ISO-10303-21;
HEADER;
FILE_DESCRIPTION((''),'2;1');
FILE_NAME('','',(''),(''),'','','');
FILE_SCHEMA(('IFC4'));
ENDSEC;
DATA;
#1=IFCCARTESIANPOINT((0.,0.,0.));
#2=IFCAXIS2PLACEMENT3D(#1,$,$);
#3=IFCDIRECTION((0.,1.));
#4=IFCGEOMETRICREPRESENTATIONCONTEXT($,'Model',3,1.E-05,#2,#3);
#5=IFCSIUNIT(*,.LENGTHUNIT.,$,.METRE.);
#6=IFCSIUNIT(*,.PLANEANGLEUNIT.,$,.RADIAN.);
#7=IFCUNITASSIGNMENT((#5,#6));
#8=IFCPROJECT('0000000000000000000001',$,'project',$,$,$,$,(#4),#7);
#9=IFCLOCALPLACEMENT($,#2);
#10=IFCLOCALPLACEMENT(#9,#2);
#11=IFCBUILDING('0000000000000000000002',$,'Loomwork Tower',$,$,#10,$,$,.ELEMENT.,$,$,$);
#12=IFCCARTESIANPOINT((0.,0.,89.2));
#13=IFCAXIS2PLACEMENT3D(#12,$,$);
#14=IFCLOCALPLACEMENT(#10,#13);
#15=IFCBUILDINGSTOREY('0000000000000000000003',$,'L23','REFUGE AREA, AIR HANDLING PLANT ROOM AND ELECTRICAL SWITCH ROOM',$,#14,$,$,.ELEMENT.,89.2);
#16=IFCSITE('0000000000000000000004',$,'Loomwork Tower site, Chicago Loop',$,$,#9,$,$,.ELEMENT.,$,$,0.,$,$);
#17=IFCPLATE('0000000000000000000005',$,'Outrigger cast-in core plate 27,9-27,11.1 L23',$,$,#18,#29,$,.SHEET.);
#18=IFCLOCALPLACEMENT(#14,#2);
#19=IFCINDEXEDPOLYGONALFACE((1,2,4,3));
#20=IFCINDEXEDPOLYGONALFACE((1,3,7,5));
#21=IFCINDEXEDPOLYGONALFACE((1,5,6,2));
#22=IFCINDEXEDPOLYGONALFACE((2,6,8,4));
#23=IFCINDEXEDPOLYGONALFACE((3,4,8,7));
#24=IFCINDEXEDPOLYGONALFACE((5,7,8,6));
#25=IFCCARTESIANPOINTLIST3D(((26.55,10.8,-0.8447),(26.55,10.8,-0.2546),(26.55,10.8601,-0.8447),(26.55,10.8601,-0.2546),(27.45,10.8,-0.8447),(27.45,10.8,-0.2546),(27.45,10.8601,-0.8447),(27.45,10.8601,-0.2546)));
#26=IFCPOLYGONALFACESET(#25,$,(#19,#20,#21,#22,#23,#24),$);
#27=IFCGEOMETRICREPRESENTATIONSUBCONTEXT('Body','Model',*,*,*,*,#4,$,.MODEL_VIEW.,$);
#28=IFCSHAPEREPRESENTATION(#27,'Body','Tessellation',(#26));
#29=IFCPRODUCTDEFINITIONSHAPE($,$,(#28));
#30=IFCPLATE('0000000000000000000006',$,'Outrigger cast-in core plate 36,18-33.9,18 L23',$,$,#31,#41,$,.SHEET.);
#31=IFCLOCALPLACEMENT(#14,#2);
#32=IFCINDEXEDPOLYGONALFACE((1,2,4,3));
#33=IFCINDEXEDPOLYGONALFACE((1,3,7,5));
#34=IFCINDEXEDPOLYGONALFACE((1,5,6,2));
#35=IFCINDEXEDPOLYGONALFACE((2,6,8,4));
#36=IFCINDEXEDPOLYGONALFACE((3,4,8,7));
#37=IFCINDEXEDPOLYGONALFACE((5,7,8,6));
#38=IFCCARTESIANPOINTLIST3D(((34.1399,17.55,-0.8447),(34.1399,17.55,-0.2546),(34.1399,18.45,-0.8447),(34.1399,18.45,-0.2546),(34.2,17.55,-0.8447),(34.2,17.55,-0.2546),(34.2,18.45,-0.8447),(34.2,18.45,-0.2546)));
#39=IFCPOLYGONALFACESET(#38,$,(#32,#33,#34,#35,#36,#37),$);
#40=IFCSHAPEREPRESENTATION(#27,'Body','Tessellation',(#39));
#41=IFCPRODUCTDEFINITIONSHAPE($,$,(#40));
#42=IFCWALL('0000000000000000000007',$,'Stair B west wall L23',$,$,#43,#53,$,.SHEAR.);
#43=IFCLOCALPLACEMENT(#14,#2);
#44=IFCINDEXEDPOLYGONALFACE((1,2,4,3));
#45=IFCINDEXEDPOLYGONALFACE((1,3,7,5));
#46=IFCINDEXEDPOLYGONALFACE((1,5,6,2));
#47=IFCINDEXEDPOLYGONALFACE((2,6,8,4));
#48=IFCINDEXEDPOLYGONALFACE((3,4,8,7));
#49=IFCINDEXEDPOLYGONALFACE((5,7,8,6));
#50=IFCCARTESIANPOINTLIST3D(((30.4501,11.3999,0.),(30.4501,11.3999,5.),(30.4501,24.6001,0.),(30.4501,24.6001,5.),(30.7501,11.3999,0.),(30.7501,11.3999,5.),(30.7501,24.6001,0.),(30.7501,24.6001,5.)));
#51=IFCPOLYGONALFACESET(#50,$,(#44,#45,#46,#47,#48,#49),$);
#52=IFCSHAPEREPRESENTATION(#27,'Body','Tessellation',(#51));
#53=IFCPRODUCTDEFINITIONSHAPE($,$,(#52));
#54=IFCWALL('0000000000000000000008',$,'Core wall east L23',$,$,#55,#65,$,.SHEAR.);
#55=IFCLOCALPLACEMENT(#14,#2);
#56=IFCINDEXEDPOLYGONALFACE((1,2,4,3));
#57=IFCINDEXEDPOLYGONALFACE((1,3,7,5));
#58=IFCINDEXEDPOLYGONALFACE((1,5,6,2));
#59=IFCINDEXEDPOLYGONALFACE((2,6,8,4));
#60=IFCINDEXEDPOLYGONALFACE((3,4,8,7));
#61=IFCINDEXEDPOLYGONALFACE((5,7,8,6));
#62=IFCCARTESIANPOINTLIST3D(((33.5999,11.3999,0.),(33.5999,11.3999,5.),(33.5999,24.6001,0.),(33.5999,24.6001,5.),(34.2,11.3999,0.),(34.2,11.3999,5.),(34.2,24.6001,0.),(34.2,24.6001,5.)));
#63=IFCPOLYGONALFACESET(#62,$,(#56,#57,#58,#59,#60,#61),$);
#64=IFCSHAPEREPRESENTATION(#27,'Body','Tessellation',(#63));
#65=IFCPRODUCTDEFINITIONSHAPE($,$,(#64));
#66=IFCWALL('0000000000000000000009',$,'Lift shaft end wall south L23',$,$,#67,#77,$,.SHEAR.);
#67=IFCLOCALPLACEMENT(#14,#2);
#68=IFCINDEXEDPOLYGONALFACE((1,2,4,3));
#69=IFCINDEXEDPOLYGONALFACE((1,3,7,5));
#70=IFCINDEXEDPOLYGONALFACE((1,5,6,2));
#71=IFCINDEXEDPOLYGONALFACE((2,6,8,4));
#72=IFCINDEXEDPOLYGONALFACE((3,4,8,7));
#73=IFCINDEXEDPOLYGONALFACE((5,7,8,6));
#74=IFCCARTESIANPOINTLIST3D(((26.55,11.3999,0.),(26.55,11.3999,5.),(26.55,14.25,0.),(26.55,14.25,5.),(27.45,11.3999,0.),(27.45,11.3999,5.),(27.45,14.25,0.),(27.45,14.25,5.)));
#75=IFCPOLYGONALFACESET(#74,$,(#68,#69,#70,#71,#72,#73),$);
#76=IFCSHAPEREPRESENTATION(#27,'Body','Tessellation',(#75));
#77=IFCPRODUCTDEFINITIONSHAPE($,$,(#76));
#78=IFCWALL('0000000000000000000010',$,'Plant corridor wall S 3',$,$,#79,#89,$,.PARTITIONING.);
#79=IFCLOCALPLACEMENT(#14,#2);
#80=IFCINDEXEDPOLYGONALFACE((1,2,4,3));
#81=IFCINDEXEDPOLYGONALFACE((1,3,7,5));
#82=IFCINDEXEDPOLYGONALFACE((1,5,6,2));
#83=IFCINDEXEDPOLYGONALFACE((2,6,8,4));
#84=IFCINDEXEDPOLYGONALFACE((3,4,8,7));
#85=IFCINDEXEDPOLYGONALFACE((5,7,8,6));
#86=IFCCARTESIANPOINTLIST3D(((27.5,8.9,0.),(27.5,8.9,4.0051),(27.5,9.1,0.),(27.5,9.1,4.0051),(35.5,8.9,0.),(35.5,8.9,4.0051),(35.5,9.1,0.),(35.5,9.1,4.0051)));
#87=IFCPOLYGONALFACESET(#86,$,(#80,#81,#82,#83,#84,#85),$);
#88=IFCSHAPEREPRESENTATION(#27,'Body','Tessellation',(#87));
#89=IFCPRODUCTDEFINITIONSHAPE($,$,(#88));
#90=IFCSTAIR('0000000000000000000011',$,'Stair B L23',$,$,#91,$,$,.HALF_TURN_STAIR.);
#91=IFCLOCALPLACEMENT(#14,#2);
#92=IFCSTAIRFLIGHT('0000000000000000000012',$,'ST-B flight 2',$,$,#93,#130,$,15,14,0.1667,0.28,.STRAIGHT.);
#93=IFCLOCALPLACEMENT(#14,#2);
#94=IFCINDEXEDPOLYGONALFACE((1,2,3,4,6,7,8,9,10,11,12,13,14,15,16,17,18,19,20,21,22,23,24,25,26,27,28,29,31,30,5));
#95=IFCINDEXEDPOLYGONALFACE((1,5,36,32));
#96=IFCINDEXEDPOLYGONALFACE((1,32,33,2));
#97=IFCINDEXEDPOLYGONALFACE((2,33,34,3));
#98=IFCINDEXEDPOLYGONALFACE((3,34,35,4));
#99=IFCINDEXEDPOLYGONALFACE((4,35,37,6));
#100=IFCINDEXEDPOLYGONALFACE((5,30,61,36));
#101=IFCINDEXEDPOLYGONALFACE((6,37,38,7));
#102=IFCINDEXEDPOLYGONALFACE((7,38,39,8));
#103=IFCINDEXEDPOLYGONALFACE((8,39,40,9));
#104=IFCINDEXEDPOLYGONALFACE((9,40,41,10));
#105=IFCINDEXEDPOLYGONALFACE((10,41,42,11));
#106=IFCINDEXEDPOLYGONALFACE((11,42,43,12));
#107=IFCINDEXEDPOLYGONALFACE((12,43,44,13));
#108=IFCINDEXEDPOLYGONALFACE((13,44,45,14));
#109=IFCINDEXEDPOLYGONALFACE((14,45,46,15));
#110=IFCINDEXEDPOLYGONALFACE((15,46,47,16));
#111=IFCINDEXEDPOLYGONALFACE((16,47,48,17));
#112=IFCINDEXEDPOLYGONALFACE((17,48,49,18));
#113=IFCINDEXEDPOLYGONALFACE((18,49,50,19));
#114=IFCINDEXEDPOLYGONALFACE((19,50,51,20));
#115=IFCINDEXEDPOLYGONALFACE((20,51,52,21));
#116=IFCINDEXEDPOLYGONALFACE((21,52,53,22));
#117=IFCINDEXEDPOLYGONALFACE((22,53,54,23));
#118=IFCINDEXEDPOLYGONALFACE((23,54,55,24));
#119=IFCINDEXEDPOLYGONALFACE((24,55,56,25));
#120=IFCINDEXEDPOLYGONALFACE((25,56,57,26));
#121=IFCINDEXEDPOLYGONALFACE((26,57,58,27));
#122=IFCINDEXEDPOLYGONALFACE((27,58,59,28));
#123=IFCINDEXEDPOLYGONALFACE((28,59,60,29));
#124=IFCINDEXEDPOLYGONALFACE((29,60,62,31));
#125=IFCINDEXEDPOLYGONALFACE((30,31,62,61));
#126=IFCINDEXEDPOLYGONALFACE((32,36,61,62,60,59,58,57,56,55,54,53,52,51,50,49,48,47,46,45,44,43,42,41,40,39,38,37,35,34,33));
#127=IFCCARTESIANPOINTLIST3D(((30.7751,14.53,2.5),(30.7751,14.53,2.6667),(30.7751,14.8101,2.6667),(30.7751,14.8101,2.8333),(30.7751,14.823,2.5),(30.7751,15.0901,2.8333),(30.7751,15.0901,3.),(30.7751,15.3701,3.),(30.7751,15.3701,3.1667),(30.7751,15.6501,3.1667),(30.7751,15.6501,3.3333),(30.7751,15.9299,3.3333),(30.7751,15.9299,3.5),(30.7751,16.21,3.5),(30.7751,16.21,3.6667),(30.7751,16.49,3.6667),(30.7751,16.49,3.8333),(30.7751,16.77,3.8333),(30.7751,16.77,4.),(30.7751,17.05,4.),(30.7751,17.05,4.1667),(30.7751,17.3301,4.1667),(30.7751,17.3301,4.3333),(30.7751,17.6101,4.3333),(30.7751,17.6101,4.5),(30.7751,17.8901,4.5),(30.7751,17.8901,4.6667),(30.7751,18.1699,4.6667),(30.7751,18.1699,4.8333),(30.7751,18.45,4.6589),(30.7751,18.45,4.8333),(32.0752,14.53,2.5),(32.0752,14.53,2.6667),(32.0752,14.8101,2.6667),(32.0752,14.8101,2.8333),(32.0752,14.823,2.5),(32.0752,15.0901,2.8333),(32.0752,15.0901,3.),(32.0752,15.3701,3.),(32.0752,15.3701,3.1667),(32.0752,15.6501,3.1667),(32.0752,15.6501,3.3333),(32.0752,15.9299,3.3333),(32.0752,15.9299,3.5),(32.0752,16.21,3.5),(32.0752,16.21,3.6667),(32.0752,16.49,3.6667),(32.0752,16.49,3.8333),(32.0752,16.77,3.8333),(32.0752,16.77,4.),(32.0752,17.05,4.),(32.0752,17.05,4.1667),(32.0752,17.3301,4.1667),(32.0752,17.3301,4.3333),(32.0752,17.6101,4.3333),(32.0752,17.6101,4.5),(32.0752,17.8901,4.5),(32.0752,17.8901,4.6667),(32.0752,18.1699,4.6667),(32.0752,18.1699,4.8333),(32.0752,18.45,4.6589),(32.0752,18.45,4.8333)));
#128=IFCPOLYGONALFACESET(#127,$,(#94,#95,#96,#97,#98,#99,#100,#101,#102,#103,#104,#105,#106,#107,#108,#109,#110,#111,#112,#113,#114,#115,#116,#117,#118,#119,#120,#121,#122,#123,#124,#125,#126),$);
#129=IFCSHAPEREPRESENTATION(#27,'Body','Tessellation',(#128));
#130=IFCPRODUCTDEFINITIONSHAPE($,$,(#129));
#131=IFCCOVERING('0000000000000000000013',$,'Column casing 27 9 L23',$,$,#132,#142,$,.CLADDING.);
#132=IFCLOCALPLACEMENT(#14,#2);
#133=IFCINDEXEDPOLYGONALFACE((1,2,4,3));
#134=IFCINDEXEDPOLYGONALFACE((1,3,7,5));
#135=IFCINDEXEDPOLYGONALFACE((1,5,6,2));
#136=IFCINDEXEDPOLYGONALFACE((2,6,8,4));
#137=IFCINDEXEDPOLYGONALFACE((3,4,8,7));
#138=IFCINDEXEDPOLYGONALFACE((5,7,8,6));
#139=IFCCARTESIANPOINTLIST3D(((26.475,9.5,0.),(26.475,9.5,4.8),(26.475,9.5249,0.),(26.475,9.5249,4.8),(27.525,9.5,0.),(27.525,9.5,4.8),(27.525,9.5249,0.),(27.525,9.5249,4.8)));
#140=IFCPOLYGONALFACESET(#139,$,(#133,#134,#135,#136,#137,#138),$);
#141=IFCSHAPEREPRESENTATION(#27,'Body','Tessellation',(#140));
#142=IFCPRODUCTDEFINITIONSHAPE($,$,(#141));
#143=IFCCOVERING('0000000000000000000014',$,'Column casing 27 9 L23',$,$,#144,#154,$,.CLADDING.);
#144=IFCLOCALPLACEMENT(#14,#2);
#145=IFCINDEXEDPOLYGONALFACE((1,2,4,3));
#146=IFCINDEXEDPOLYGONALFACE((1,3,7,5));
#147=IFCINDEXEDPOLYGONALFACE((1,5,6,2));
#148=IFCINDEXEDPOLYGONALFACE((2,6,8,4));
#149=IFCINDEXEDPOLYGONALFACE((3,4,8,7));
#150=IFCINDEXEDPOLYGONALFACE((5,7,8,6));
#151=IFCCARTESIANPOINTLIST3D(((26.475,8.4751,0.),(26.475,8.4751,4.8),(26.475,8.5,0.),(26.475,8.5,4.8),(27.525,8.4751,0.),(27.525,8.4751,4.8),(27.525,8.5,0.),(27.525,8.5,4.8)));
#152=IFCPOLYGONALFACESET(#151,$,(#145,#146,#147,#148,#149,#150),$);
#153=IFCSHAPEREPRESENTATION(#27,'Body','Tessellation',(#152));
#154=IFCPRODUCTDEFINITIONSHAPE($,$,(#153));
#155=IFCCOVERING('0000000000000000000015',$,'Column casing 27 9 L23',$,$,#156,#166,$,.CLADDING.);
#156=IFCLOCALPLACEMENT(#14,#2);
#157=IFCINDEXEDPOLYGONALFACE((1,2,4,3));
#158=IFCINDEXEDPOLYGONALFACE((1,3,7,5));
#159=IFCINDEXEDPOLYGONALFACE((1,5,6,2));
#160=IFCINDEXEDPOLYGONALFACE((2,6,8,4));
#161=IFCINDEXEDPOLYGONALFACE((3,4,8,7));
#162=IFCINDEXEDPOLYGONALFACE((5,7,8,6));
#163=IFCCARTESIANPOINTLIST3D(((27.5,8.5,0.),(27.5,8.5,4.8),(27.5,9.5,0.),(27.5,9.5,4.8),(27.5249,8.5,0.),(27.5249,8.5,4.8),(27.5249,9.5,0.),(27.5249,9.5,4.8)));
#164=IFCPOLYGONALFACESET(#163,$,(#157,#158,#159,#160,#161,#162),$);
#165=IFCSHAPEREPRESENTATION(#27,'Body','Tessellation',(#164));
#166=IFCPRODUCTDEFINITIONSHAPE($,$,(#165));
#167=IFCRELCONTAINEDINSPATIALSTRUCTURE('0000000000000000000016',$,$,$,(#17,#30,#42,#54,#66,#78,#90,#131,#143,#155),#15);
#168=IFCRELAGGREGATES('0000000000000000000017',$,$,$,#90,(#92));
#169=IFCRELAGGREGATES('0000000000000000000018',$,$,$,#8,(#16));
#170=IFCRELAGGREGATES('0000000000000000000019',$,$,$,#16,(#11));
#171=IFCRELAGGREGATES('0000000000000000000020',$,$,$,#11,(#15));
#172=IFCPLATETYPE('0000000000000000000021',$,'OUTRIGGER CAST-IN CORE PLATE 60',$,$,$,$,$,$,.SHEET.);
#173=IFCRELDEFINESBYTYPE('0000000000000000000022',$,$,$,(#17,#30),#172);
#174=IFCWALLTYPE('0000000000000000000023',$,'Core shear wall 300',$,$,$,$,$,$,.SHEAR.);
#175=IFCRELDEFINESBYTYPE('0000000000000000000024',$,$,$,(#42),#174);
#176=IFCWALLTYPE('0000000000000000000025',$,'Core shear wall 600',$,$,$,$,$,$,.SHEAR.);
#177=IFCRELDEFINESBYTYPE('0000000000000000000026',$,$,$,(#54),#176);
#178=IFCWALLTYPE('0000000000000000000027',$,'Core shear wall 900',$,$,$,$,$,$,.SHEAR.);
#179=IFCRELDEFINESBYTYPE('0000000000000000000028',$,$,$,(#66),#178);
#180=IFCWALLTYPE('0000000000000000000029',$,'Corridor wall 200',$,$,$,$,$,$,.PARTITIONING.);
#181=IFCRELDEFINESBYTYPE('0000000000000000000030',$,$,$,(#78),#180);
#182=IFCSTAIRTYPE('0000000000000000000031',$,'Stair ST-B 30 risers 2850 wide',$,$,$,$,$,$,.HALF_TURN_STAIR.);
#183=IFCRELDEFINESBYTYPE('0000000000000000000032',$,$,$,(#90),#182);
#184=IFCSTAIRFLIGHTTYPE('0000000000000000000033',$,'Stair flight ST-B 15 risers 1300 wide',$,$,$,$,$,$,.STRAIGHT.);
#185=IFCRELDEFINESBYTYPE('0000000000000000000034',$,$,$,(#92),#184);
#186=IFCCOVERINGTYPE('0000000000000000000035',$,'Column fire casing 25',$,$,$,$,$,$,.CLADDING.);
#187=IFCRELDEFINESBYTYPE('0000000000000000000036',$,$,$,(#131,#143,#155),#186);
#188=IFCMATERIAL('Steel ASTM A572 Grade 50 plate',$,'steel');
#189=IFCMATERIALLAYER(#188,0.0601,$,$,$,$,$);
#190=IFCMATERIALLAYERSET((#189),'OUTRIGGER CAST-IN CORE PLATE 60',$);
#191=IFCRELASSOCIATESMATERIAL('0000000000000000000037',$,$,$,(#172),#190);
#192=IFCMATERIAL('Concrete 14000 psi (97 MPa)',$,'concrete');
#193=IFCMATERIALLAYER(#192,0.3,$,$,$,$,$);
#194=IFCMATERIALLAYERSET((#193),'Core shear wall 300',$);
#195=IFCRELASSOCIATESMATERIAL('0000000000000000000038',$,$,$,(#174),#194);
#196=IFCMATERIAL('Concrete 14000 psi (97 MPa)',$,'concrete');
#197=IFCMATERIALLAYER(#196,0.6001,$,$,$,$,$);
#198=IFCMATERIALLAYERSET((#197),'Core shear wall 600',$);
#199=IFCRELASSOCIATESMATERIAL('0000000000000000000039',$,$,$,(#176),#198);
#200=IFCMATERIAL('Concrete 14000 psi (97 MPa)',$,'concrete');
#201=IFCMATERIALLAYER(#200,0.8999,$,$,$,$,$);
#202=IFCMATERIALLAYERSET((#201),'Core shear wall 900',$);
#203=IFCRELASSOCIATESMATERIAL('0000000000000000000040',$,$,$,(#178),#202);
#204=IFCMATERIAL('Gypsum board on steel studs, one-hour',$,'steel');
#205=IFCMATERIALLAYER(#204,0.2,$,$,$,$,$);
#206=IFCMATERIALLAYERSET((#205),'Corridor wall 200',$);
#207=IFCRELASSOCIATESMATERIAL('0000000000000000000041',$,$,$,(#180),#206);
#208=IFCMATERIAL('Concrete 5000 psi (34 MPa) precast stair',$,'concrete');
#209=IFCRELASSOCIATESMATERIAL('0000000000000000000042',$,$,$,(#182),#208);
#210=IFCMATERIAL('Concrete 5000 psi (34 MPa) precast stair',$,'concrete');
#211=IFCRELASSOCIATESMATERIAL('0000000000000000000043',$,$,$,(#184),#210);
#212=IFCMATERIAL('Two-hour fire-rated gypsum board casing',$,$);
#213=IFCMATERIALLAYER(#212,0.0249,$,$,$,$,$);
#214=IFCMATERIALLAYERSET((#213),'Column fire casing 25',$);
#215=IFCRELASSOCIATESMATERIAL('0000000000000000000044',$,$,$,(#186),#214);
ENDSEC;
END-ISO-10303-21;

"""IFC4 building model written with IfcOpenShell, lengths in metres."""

from ifc_helpers import new_model, si_unit, direction, frame, frame_2d, origin, origin_2d, place, context, subcontext, project, spatial, polyline, rectangle, outline, extrude, material, layer, layer_set, type_object, element, aggregate, save


model = new_model("IFC4")

# Units and contexts
model_context = context("Model", 3, precision=1e-05, world=origin(), true_north=direction((0.0, 1.0)))
body_context = subcontext(model_context, "Body", "Model", "MODEL_VIEW")
ifc_project = project(units=[si_unit("LENGTHUNIT", "METRE"), si_unit("PLANEANGLEUNIT", "RADIAN")], contexts=[model_context])

# Site, building, storey
site_placement = place(None, origin())
site = spatial("IfcSite", under=ifc_project, at=site_placement, Name="Loomwork Tower site, Chicago Loop", CompositionType="ELEMENT", RefElevation=0.0)
building_placement = place(site_placement, origin())
building = spatial("IfcBuilding", under=site, at=building_placement, Name="Loomwork Tower", CompositionType="ELEMENT")
storey_placement = place(building_placement, frame((0.0, 0.0, 89.2)))
storey = spatial("IfcBuildingStorey", under=building, at=storey_placement, Name="L23", Description="REFUGE AREA, AIR HANDLING PLANT ROOM AND ELECTRICAL SWITCH ROOM", CompositionType="ELEMENT", Elevation=89.2)

# Plates
ifc_material_1 = material(Name="Steel ASTM A572 Grade 50 plate", Category="steel")
ifc_layer_1 = layer(ifc_material_1, 0.0601)
ifc_layer_set_1 = layer_set([ifc_layer_1], Name="OUTRIGGER CAST-IN CORE PLATE 60")
plate_type = type_object("IfcPlateType", Name="OUTRIGGER CAST-IN CORE PLATE 60", PredefinedType="SHEET", material=ifc_layer_set_1)
for number, where, z_axis, x_axis, name in (
    (1, (27.0, 10.8301, -0.8447), (0.0, 0.0, 1.0), (1.0, 0.0, 0.0), "Outrigger cast-in core plate 27,9-27,11.1 L23"),
    (2, (34.1699, 18.0, -0.8447), (0.0, 0.0, 1.0), (0.0, 1.0, 0.0), "Outrigger cast-in core plate 36,18-33.9,18 L23"),
):
    element("IfcPlate", number, at=place(storey_placement, frame(where, z_axis=z_axis, x_axis=x_axis)), inside=storey, type_object=plate_type, Name=name, PredefinedType="SHEET", context=body_context, shape_type="SweptSolid", body=[
        extrude(rectangle(XDim=0.8999, YDim=0.0601, at=origin_2d()), origin(), (0.0, 0.0, 1.0), 0.5901),
    ])

# Walls
ifc_material_2 = material(Name="Concrete 14000 psi (97 MPa)", Category="concrete")
ifc_layer_2 = layer(ifc_material_2, 0.3)
ifc_layer_set_2 = layer_set([ifc_layer_2], Name="Core shear wall 300")
wall_type_1 = type_object("IfcWallType", Name="Core shear wall 300", PredefinedType="SHEAR", material=ifc_layer_set_2)
wall_1_placement = place(storey_placement, frame((30.6001, 11.3999, 0.0), z_axis=(0.0, 0.0, 1.0), x_axis=(0.0, 1.0, 0.0)))
element("IfcWall", 3, at=wall_1_placement, inside=storey, type_object=wall_type_1, Name="Stair B west wall L23", PredefinedType="SHEAR", context=body_context, shape_type="SweptSolid", body=[
    extrude(rectangle(XDim=13.2002, YDim=0.3, at=frame_2d((6.6001, 0.0))), origin(), (0.0, 0.0, 1.0), 5.0),
])
ifc_material_3 = material(Name="Concrete 14000 psi (97 MPa)", Category="concrete")
ifc_layer_3 = layer(ifc_material_3, 0.6001)
ifc_layer_set_3 = layer_set([ifc_layer_3], Name="Core shear wall 600")
wall_type_2 = type_object("IfcWallType", Name="Core shear wall 600", PredefinedType="SHEAR", material=ifc_layer_set_3)
wall_2_placement = place(storey_placement, frame((33.8999, 11.3999, 0.0), z_axis=(0.0, 0.0, 1.0), x_axis=(0.0, 1.0, 0.0)))
element("IfcWall", 4, at=wall_2_placement, inside=storey, type_object=wall_type_2, Name="Core wall east L23", PredefinedType="SHEAR", context=body_context, shape_type="SweptSolid", body=[
    extrude(rectangle(XDim=13.2002, YDim=0.6001, at=frame_2d((6.6001, 0.0))), origin(), (0.0, 0.0, 1.0), 5.0),
])
ifc_material_4 = material(Name="Concrete 14000 psi (97 MPa)", Category="concrete")
ifc_layer_4 = layer(ifc_material_4, 0.8999)
ifc_layer_set_4 = layer_set([ifc_layer_4], Name="Core shear wall 900")
wall_type_3 = type_object("IfcWallType", Name="Core shear wall 900", PredefinedType="SHEAR", material=ifc_layer_set_4)
wall_3_placement = place(storey_placement, frame((27.0, 11.3999, 0.0), z_axis=(0.0, 0.0, 1.0), x_axis=(0.0, 1.0, 0.0)))
element("IfcWall", 5, at=wall_3_placement, inside=storey, type_object=wall_type_3, Name="Lift shaft end wall south L23", PredefinedType="SHEAR", context=body_context, shape_type="SweptSolid", body=[
    extrude(rectangle(XDim=2.8501, YDim=0.8999, at=frame_2d((1.425, 0.0))), origin(), (0.0, 0.0, 1.0), 5.0),
])
ifc_material_5 = material(Name="Gypsum board on steel studs, one-hour", Category="steel")
ifc_layer_5 = layer(ifc_material_5, 0.2)
ifc_layer_set_5 = layer_set([ifc_layer_5], Name="Corridor wall 200")
wall_type_4 = type_object("IfcWallType", Name="Corridor wall 200", PredefinedType="PARTITIONING", material=ifc_layer_set_5)
wall_4_placement = place(storey_placement, frame((27.5, 9.0, 0.0), z_axis=(0.0, 0.0, 1.0), x_axis=(1.0, 0.0, 0.0)))
element("IfcWall", 6, at=wall_4_placement, inside=storey, type_object=wall_type_4, Name="Plant corridor wall S 3", PredefinedType="PARTITIONING", context=body_context, shape_type="SweptSolid", body=[
    extrude(rectangle(XDim=8.0, YDim=0.2, at=frame_2d((4.0, 0.0))), origin(), (0.0, 0.0, 1.0), 4.0051),
])

# Stair, stair flight
ifc_material_6 = material(Name="Concrete 5000 psi (34 MPa) precast stair", Category="concrete")
stair_type = type_object("IfcStairType", Name="Stair ST-B 30 risers 2850 wide", PredefinedType="HALF_TURN_STAIR", material=ifc_material_6)
stair_placement = place(storey_placement, origin())
stair = element("IfcStair", 7, at=stair_placement, inside=storey, type_object=stair_type, Name="Stair B L23", PredefinedType="HALF_TURN_STAIR")
ifc_material_7 = material(Name="Concrete 5000 psi (34 MPa) precast stair", Category="concrete")
stair_flight_type = type_object("IfcStairFlightType", Name="Stair flight ST-B 15 risers 1300 wide", PredefinedType="STRAIGHT", material=ifc_material_7)
stair_flight_placement = place(storey_placement, frame((31.425, 14.53, 2.5), z_axis=(0.0, 0.0, 1.0), x_axis=(0.0, 1.0, 0.0)))
stair_flight = element("IfcStairFlight", 8, at=stair_flight_placement, type_object=stair_flight_type, Name="ST-B flight 2", NumberOfRisers=15, NumberOfTreads=14, PredefinedType="STRAIGHT", RiserHeight=0.1667, TreadLength=0.28, context=body_context, shape_type="SweptSolid", body=[
    extrude(outline(polyline([(0.0, 0.0), (0.0, 0.1667), (0.28, 0.1667), (0.28, 0.3333), (0.5601, 0.3333), (0.5601, 0.5), (0.8401, 0.5), (0.8401, 0.6667), (1.1201, 0.6667), (1.1201, 0.8333), (1.3999, 0.8333), (1.3999, 1.0), (1.6799, 1.0), (1.6799, 1.1667), (1.96, 1.1667), (1.96, 1.3333), (2.24, 1.3333), (2.24, 1.5), (2.52, 1.5), (2.52, 1.6667), (2.8, 1.6667), (2.8, 1.8333), (3.0801, 1.8333), (3.0801, 2.0), (3.3601, 2.0), (3.3601, 2.1667), (3.6399, 2.1667), (3.6399, 2.3333), (3.9199, 2.3333), (3.9199, 2.5), (3.9199, 2.1589), (0.293, 0.0), (0.0, 0.0)])), frame((0.0, 0.6499, 0.0), z_axis=(0.0, -1.0, 0.0), x_axis=(1.0, 0.0, 0.0)), (0.0, 0.0, 1.0), 1.3),
])
aggregate(stair, [stair_flight])

# Coverings
ifc_material_8 = material(Name="Two-hour fire-rated gypsum board casing")
ifc_layer_6 = layer(ifc_material_8, 0.0249)
ifc_layer_set_6 = layer_set([ifc_layer_6], Name="Column fire casing 25")
covering_type = type_object("IfcCoveringType", Name="Column fire casing 25", PredefinedType="CLADDING", material=ifc_layer_set_6)
for number, where, z_axis, x_axis, name in (
    (9, (27.0, 9.5125, 0.0), (0.0, 0.0, 1.0), (1.0, 0.0, 0.0), "Column casing 27 9 L23"),
    (10, (27.0, 8.4875, 0.0), (0.0, 0.0, 1.0), (1.0, 0.0, 0.0), "Column casing 27 9 L23"),
):
    element("IfcCovering", number, at=place(storey_placement, frame(where, z_axis=z_axis, x_axis=x_axis)), inside=storey, type_object=covering_type, Name=name, PredefinedType="CLADDING", context=body_context, shape_type="SweptSolid", body=[
        extrude(rectangle(XDim=1.05, YDim=0.0249, at=origin_2d()), origin(), (0.0, 0.0, 1.0), 4.8),
    ])
covering_placement = place(storey_placement, frame((27.5125, 9.0, 0.0), z_axis=(0.0, 0.0, 1.0), x_axis=(1.0, 0.0, 0.0)))
element("IfcCovering", 11, at=covering_placement, inside=storey, type_object=covering_type, Name="Column casing 27 9 L23", PredefinedType="CLADDING", context=body_context, shape_type="SweptSolid", body=[
    extrude(rectangle(XDim=0.0249, YDim=1.0, at=origin_2d()), origin(), (0.0, 0.0, 1.0), 4.8),
])

save(model, "model.ifc")
